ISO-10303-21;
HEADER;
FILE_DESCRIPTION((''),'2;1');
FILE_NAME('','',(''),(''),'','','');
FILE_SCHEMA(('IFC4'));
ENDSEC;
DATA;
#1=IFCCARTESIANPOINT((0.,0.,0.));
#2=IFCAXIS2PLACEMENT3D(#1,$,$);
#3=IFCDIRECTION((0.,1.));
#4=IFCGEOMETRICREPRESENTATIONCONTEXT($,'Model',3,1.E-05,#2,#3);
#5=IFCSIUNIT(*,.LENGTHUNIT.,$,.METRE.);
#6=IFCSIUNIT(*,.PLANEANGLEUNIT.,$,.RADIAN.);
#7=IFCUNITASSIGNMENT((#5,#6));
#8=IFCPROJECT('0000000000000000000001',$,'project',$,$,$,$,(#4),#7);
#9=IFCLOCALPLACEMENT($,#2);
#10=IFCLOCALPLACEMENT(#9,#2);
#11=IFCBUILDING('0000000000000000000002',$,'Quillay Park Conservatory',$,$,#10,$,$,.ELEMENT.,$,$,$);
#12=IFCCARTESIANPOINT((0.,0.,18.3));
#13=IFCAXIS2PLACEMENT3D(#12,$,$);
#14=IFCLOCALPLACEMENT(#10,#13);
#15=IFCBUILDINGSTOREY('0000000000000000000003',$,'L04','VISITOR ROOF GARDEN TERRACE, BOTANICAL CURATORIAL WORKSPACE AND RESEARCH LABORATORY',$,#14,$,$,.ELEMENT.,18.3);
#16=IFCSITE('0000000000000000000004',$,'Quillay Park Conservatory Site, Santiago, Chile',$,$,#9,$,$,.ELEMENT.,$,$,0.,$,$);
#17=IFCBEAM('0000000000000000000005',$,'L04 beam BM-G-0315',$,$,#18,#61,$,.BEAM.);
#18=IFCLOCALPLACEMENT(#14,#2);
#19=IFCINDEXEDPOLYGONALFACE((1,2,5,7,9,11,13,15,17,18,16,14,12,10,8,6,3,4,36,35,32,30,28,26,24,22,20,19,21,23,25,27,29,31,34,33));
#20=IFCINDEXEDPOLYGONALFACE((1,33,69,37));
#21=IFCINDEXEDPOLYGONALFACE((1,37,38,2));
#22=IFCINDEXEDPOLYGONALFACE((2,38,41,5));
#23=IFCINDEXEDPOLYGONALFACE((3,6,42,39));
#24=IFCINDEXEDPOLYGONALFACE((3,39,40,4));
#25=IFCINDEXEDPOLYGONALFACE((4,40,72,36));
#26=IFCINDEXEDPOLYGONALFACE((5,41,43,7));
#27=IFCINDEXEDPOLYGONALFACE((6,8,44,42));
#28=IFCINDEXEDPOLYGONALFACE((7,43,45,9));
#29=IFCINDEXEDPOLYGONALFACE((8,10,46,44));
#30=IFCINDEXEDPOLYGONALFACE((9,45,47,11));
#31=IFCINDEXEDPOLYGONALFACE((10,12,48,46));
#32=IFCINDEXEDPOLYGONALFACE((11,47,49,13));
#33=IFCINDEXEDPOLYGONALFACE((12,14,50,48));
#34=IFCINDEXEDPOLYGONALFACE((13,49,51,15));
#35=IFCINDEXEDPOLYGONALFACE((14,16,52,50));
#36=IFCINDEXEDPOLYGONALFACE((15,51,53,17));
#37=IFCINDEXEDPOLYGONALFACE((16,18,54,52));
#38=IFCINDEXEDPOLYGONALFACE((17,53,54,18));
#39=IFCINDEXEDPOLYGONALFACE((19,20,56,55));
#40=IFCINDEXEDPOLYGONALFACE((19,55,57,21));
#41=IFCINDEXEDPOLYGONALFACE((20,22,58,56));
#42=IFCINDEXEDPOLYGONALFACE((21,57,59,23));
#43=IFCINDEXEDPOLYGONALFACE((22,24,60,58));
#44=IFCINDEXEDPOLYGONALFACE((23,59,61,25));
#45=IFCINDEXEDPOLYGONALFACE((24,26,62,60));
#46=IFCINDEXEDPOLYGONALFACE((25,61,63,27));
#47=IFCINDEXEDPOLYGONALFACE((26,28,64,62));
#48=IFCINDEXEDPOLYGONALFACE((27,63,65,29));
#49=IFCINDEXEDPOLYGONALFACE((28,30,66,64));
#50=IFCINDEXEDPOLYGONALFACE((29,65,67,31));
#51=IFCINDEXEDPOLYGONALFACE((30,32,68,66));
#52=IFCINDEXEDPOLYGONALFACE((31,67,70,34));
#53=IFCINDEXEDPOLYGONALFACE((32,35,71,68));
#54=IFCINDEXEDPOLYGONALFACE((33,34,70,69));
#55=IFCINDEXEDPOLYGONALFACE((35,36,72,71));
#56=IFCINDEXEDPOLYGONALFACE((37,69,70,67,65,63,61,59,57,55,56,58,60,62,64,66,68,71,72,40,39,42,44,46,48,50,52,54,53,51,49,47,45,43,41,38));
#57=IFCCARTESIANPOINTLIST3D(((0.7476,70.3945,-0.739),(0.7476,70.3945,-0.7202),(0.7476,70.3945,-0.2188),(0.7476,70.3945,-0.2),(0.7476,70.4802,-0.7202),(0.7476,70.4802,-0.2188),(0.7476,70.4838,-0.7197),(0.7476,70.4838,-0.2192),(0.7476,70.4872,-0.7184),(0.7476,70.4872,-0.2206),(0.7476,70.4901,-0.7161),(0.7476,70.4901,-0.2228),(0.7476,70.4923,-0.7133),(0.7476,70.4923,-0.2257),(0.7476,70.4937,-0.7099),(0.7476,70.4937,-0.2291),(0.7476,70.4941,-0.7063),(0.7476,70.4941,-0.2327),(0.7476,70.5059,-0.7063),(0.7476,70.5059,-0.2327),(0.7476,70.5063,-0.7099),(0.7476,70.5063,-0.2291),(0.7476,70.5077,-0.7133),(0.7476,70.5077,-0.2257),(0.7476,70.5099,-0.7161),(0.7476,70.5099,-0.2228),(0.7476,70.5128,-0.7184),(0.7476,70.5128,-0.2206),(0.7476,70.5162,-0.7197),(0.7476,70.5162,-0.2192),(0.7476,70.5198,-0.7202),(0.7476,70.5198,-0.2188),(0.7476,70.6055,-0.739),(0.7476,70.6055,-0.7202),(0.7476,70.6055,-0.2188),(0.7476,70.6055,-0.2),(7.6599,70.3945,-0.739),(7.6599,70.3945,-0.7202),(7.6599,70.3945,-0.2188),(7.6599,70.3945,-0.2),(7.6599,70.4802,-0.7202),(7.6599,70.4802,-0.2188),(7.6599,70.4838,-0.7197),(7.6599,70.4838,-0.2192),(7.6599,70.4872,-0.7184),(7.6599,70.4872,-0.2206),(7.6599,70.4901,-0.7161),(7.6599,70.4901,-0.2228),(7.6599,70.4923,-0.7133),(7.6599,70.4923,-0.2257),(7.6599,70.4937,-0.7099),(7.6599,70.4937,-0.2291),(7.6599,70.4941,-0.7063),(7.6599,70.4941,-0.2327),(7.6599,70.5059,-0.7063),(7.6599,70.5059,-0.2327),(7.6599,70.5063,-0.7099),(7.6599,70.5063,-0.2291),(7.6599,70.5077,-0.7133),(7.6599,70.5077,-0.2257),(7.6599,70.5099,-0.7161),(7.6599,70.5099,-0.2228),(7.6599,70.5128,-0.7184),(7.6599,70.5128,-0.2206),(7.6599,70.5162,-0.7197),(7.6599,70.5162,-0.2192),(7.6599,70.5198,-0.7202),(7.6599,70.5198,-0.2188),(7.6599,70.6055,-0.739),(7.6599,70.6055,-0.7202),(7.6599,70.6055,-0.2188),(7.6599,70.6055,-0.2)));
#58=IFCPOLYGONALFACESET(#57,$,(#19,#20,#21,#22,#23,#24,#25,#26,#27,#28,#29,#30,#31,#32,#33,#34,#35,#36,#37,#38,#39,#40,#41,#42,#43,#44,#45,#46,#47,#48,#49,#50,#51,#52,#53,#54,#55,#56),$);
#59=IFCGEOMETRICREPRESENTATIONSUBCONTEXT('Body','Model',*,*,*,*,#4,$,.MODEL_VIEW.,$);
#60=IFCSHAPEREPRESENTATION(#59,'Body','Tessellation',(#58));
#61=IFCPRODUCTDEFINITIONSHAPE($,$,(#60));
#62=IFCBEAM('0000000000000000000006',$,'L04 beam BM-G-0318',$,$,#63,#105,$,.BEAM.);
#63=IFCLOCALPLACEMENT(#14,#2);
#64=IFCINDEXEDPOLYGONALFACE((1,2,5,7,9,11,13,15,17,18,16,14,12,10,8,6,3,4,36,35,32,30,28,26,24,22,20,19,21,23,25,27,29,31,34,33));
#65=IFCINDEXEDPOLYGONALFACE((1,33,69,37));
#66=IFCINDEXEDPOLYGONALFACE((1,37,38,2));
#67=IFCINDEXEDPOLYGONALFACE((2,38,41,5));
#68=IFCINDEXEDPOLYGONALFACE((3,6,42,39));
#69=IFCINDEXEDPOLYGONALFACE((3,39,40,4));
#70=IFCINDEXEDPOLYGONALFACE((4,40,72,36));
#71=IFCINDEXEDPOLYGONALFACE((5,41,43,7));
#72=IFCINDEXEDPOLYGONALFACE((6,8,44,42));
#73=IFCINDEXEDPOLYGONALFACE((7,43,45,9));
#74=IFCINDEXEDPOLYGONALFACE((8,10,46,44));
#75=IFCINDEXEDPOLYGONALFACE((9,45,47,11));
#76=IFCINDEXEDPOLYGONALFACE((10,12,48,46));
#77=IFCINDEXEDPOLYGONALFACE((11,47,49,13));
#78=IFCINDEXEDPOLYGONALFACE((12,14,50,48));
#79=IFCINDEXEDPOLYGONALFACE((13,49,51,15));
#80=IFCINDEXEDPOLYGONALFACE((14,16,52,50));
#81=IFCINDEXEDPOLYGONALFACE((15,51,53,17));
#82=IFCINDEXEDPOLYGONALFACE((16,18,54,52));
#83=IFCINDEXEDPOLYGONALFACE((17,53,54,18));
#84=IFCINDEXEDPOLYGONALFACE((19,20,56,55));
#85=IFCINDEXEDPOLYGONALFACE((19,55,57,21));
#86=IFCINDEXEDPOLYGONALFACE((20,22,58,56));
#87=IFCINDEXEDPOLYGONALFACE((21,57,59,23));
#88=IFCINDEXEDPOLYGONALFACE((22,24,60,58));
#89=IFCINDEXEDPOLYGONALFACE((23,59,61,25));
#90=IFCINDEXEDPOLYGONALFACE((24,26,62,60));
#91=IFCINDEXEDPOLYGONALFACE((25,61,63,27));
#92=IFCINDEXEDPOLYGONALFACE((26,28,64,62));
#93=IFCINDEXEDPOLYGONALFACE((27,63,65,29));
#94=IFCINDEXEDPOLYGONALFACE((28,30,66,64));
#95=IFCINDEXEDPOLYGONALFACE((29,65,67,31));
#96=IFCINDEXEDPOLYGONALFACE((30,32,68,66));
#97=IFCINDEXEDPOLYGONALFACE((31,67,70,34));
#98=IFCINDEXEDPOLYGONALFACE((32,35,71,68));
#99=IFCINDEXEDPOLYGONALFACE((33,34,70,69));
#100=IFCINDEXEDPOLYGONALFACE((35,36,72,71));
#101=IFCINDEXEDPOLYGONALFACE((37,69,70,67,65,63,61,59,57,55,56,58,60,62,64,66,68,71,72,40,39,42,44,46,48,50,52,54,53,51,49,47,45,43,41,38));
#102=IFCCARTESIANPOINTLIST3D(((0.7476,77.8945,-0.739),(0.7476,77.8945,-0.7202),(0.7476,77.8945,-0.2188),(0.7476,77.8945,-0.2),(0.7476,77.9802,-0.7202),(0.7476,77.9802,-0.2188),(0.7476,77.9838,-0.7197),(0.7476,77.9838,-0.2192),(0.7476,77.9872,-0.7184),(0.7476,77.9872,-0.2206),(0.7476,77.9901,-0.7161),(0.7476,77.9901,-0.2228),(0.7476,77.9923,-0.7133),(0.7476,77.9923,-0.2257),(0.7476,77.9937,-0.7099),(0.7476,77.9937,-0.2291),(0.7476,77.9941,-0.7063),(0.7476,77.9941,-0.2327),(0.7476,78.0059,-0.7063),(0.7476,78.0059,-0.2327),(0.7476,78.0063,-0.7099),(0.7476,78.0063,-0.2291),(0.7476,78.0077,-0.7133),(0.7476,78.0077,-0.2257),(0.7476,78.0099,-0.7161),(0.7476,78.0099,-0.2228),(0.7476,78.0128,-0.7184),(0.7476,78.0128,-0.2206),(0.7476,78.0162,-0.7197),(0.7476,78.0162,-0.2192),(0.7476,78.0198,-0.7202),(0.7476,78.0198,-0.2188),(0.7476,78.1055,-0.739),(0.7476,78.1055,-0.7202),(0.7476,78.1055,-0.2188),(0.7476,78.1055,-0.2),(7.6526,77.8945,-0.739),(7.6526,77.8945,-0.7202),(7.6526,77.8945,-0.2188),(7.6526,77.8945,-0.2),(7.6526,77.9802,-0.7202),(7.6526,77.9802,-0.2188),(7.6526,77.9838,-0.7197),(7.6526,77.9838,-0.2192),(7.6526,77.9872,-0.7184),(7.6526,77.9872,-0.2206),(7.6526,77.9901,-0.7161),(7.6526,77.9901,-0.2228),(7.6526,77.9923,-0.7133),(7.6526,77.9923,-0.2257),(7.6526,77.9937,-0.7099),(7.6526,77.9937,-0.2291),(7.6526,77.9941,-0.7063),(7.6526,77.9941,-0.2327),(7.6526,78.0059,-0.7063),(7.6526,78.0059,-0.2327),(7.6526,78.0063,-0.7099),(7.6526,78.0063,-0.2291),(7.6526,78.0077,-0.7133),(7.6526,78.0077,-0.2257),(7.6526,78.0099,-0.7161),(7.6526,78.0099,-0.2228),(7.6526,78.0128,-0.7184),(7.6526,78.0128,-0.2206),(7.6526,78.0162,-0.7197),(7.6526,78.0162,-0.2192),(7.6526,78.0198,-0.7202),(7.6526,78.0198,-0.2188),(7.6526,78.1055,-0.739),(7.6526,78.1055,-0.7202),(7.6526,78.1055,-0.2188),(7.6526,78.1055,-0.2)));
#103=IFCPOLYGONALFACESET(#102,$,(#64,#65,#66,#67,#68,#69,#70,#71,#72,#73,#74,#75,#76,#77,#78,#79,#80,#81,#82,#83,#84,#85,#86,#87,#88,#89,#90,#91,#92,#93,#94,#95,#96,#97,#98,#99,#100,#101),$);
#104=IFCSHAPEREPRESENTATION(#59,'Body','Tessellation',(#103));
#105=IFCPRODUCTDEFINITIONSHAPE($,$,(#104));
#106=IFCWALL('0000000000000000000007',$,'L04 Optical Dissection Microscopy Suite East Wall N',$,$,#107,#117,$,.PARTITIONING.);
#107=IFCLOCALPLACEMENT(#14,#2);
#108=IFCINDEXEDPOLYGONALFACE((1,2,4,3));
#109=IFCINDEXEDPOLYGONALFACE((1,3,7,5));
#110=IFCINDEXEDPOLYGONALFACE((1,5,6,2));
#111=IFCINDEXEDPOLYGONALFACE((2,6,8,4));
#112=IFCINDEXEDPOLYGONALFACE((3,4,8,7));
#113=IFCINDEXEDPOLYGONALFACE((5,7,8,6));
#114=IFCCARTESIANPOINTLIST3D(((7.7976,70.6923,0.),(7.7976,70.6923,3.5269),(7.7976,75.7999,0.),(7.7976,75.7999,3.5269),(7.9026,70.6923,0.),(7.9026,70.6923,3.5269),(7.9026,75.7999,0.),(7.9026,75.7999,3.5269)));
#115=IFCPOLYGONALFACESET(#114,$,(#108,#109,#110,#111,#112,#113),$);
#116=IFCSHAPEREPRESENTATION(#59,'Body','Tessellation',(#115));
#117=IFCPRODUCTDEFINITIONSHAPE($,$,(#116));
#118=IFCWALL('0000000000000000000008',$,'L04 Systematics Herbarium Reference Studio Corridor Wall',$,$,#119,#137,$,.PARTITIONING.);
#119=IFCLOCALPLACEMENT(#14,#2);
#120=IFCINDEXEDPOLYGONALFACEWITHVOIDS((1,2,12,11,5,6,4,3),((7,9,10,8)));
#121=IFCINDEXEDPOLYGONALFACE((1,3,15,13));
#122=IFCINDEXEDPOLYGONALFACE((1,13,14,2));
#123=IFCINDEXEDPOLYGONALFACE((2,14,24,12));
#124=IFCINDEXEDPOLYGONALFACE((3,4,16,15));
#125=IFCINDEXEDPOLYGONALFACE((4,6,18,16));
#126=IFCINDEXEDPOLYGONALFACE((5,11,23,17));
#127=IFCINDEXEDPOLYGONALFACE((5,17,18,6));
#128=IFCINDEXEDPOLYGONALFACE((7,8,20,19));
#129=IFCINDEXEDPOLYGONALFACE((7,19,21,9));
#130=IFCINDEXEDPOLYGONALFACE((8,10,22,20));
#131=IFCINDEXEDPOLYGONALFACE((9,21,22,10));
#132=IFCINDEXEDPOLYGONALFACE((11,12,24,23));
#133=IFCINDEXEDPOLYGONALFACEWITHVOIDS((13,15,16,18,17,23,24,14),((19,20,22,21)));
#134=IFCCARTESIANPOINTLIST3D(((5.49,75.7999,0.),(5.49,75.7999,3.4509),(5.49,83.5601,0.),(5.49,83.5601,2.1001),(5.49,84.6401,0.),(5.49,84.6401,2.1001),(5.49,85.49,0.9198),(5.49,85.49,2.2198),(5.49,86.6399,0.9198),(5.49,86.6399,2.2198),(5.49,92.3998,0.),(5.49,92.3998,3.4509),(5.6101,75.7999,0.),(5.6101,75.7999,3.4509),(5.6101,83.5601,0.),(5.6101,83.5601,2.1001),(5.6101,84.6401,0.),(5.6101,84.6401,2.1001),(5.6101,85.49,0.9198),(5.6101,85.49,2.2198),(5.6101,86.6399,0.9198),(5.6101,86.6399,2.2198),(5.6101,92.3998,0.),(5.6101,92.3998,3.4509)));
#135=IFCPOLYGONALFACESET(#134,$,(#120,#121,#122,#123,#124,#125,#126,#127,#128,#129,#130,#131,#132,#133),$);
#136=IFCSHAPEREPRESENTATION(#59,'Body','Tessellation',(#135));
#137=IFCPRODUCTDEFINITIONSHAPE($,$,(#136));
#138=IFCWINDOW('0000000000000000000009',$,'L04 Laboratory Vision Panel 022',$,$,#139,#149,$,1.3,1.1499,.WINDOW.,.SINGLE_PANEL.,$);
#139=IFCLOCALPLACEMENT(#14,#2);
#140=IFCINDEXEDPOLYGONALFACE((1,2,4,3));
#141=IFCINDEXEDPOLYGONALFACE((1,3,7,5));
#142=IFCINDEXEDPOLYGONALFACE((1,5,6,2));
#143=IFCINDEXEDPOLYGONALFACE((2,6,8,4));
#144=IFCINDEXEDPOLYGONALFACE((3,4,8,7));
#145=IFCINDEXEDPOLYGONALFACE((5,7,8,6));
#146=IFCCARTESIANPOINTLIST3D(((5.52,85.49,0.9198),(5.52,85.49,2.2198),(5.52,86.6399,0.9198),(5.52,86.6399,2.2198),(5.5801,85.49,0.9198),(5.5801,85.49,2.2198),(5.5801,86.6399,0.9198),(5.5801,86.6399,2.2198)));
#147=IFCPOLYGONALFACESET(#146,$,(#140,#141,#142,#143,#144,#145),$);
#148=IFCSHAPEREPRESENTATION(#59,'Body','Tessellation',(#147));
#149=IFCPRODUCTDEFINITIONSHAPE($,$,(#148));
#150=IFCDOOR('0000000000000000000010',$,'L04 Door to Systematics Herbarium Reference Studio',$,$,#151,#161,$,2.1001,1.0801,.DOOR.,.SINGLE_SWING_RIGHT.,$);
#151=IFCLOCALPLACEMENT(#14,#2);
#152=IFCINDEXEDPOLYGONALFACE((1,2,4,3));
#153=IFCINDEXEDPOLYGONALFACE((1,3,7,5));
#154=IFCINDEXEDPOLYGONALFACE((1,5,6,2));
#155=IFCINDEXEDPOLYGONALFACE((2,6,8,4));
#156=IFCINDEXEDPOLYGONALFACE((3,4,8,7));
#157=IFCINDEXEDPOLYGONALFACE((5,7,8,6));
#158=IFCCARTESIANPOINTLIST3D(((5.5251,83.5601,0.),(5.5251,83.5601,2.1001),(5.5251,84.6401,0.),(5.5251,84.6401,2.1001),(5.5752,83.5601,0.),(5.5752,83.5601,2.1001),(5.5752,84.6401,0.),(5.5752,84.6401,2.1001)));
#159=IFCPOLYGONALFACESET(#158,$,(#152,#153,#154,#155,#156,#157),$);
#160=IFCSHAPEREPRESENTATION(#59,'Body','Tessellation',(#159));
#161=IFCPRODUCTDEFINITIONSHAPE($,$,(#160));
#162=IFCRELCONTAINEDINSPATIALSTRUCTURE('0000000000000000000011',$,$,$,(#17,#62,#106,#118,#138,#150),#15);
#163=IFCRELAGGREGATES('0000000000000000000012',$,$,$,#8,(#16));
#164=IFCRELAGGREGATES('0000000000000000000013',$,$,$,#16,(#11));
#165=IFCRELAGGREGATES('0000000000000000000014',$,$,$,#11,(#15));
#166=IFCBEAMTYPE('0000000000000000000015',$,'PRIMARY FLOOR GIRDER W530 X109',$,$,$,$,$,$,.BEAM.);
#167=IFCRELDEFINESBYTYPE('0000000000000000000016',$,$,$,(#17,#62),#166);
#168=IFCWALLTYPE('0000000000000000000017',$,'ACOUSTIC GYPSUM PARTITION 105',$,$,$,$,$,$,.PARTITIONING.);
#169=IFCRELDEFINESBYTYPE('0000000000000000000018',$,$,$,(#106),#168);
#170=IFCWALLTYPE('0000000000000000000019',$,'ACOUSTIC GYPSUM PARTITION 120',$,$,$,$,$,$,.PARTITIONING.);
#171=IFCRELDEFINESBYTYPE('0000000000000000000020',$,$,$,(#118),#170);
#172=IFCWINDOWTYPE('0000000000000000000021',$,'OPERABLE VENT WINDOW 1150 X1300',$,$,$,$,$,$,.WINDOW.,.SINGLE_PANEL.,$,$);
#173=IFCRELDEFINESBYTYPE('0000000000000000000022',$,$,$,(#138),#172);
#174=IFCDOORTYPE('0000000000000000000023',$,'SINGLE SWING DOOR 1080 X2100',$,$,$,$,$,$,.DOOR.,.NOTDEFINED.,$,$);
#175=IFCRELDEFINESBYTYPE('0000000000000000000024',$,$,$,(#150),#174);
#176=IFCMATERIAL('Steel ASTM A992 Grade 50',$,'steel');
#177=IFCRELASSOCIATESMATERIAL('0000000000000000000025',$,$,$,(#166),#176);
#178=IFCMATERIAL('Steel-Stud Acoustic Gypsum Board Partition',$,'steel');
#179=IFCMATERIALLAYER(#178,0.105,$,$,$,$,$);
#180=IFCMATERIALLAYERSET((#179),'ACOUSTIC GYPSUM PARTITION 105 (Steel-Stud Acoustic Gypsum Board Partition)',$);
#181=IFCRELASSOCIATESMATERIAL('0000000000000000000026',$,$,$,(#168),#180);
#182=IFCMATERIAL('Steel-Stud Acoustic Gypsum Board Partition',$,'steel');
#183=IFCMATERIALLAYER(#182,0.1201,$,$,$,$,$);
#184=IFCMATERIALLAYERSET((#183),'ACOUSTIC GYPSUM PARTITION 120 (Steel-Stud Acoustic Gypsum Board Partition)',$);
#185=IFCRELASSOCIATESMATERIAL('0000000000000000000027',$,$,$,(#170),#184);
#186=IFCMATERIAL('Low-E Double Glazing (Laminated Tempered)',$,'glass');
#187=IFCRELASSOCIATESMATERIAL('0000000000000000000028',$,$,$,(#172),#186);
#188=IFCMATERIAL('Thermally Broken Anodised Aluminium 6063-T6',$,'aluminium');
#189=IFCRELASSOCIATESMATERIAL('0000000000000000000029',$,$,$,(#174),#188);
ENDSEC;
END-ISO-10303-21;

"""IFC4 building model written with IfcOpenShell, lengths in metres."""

from ifc_helpers import new_model, si_unit, direction, frame, frame_2d, origin, origin_2d, place, context, subcontext, project, spatial, rectangle, i_section, extrude, material, layer, layer_set, material_profile, profile_set, type_object, element, fill, save


model = new_model("IFC4")

# Units and contexts
model_context = context("Model", 3, precision=1e-05, world=origin(), true_north=direction((0.0, 1.0)))
body_context = subcontext(model_context, "Body", "Model", "MODEL_VIEW")
ifc_project = project(units=[si_unit("LENGTHUNIT", "METRE"), si_unit("PLANEANGLEUNIT", "RADIAN")], contexts=[model_context])

# Site, building, storey
site_placement = place(None, origin())
site = spatial("IfcSite", under=ifc_project, at=site_placement, Name="Quillay Park Conservatory Site, Santiago, Chile", CompositionType="ELEMENT", RefElevation=0.0)
building_placement = place(site_placement, origin())
building = spatial("IfcBuilding", under=site, at=building_placement, Name="Quillay Park Conservatory", CompositionType="ELEMENT")
storey_placement = place(building_placement, frame((0.0, 0.0, 18.3)))
storey = spatial("IfcBuildingStorey", under=building, at=storey_placement, Name="L04", Description="VISITOR ROOF GARDEN TERRACE, BOTANICAL CURATORIAL WORKSPACE AND RESEARCH LABORATORY", CompositionType="ELEMENT", Elevation=18.3)

# Beams
ifc_material_1 = material(Name="Steel ASTM A992 Grade 50", Category="steel")
ifc_material_profile_1 = material_profile(ifc_material_1, i_section(OverallWidth=0.2109, OverallDepth=0.5391, WebThickness=0.0117, FlangeThickness=0.0188, FilletRadius=0.0139, at=origin_2d()), Name="W530x109")
ifc_profile_set_1 = profile_set([ifc_material_profile_1], Name="Steel ASTM A992 Grade 50")
beam_type_1 = type_object("IfcBeamType", Name="PRIMARY FLOOR GIRDER W530 X109", PredefinedType="BEAM", material=ifc_profile_set_1)
beam_1_placement = place(storey_placement, frame((0.7476, 70.5, -0.4695), z_axis=(1.0, 0.0, 0.0), x_axis=(0.0, 1.0, 0.0)))
element("IfcBeam", 1, at=beam_1_placement, inside=storey, type_object=beam_type_1, Name="L04 beam BM-G-0315", PredefinedType="BEAM", context=body_context, shape_type="SweptSolid", body=[
    extrude(i_section(OverallWidth=0.2109, OverallDepth=0.5391, WebThickness=0.0117, FlangeThickness=0.0188, FilletRadius=0.0139, at=origin_2d()), origin(), (0.0, 0.0, 1.0), 6.9124),
])
beam_2_placement = place(storey_placement, frame((0.7476, 78.0, -0.4695), z_axis=(1.0, 0.0, 0.0), x_axis=(0.0, 1.0, 0.0)))
element("IfcBeam", 2, at=beam_2_placement, inside=storey, type_object=beam_type_1, Name="L04 beam BM-G-0318", PredefinedType="BEAM", context=body_context, shape_type="SweptSolid", body=[
    extrude(i_section(OverallWidth=0.2109, OverallDepth=0.5391, WebThickness=0.0117, FlangeThickness=0.0188, FilletRadius=0.0139, at=origin_2d()), origin(), (0.0, 0.0, 1.0), 6.905),
])

# Wall
ifc_material_2 = material(Name="Steel-Stud Acoustic Gypsum Board Partition", Category="steel")
ifc_layer_1 = layer(ifc_material_2, 0.105)
ifc_layer_set_1 = layer_set([ifc_layer_1], Name="ACOUSTIC GYPSUM PARTITION 105 (Steel-Stud Acoustic Gypsum Board Partition)")
wall_type_1 = type_object("IfcWallType", Name="ACOUSTIC GYPSUM PARTITION 105", PredefinedType="PARTITIONING", material=ifc_layer_set_1)
wall_1_placement = place(storey_placement, frame((7.8501, 70.6924, 0.0), z_axis=(0.0, 0.0, 1.0), x_axis=(0.0, 1.0, 0.0)))
element("IfcWall", 3, at=wall_1_placement, inside=storey, type_object=wall_type_1, Name="L04 Optical Dissection Microscopy Suite East Wall N", PredefinedType="PARTITIONING", context=body_context, shape_type="SweptSolid", body=[
    extrude(rectangle(XDim=5.1077, YDim=0.105, at=frame_2d((2.5537, 0.0))), origin(), (0.0, 0.0, 1.0), 3.5269),
])

# Wall, openings, window, door
ifc_material_3 = material(Name="Steel-Stud Acoustic Gypsum Board Partition", Category="steel")
ifc_layer_2 = layer(ifc_material_3, 0.1201)
ifc_layer_set_2 = layer_set([ifc_layer_2], Name="ACOUSTIC GYPSUM PARTITION 120 (Steel-Stud Acoustic Gypsum Board Partition)")
wall_type_2 = type_object("IfcWallType", Name="ACOUSTIC GYPSUM PARTITION 120", PredefinedType="PARTITIONING", material=ifc_layer_set_2)
wall_2_placement = place(storey_placement, frame((5.55, 75.8, 0.0), z_axis=(0.0, 0.0, 1.0), x_axis=(0.0, 1.0, 0.0)))
wall_2 = element("IfcWall", 4, at=wall_2_placement, inside=storey, type_object=wall_type_2, Name="L04 Systematics Herbarium Reference Studio Corridor Wall", PredefinedType="PARTITIONING", context=body_context, shape_type="SweptSolid", body=[
    extrude(rectangle(XDim=16.5999, YDim=0.1201, at=frame_2d((8.2998, 0.0))), origin(), (0.0, 0.0, 1.0), 3.4509),
])
opening_1_placement = place(wall_2_placement, frame((7.76, 0.0, 0.0)))
opening_1 = element("IfcOpeningElement", 5, at=opening_1_placement, cuts=wall_2, PredefinedType="OPENING", context=body_context, shape_type="SweptSolid", body=[
    extrude(rectangle(XDim=1.0801, YDim=2.1001, at=frame_2d((0.54, 1.05))), frame((0.0, 0.0601, 0.0), z_axis=(0.0, -1.0, 0.0), x_axis=(1.0, 0.0, 0.0)), (0.0, 0.0, 1.0), 0.1201),
])
opening_2_placement = place(wall_2_placement, frame((9.6899, 0.0, 0.9199)))
opening_2 = element("IfcOpeningElement", 6, at=opening_2_placement, cuts=wall_2, PredefinedType="OPENING", context=body_context, shape_type="SweptSolid", body=[
    extrude(rectangle(XDim=1.1499, YDim=1.3, at=frame_2d((0.575, 0.6499))), frame((0.0, 0.0601, 0.0), z_axis=(0.0, -1.0, 0.0), x_axis=(1.0, 0.0, 0.0)), (0.0, 0.0, 1.0), 0.1201),
])
ifc_material_4 = material(Name="Low-E Double Glazing (Laminated Tempered)", Category="glass")
window_type_1 = type_object("IfcWindowType", Name="OPERABLE VENT WINDOW 1150 X1300", PartitioningType="SINGLE_PANEL", PredefinedType="WINDOW", material=ifc_material_4)
window_1_placement = place(opening_2_placement, origin())
window_1 = element("IfcWindow", 7, at=window_1_placement, inside=storey, type_object=window_type_1, Name="L04 Laboratory Vision Panel 022", OverallHeight=1.3, OverallWidth=1.1499, PartitioningType="SINGLE_PANEL", PredefinedType="WINDOW", context=body_context, shape_type="SweptSolid", body=[
    extrude(rectangle(XDim=1.1499, YDim=1.3, at=frame_2d((0.575, 0.6499))), frame((0.0, 0.03, 0.0), z_axis=(0.0, -1.0, 0.0), x_axis=(1.0, 0.0, 0.0)), (0.0, 0.0, 1.0), 0.0601),
])
fill(opening_2, window_1)
ifc_material_5 = material(Name="Thermally Broken Anodised Aluminium 6063-T6", Category="aluminium")
door_type_1 = type_object("IfcDoorType", Name="SINGLE SWING DOOR 1080 X2100", OperationType="NOTDEFINED", PredefinedType="DOOR", material=ifc_material_5)
door_1_placement = place(opening_1_placement, origin())
door_1 = element("IfcDoor", 8, at=door_1_placement, inside=storey, type_object=door_type_1, Name="L04 Door to Systematics Herbarium Reference Studio", OperationType="SINGLE_SWING_RIGHT", OverallHeight=2.1001, OverallWidth=1.0801, PredefinedType="DOOR", context=body_context, shape_type="SweptSolid", body=[
    extrude(rectangle(XDim=1.0801, YDim=2.1001, at=frame_2d((0.54, 1.05))), frame((0.0, 0.0249, 0.0), z_axis=(0.0, -1.0, 0.0), x_axis=(1.0, 0.0, 0.0)), (0.0, 0.0, 1.0), 0.05),
])
fill(opening_1, door_1)

save(model, "model.ifc")
